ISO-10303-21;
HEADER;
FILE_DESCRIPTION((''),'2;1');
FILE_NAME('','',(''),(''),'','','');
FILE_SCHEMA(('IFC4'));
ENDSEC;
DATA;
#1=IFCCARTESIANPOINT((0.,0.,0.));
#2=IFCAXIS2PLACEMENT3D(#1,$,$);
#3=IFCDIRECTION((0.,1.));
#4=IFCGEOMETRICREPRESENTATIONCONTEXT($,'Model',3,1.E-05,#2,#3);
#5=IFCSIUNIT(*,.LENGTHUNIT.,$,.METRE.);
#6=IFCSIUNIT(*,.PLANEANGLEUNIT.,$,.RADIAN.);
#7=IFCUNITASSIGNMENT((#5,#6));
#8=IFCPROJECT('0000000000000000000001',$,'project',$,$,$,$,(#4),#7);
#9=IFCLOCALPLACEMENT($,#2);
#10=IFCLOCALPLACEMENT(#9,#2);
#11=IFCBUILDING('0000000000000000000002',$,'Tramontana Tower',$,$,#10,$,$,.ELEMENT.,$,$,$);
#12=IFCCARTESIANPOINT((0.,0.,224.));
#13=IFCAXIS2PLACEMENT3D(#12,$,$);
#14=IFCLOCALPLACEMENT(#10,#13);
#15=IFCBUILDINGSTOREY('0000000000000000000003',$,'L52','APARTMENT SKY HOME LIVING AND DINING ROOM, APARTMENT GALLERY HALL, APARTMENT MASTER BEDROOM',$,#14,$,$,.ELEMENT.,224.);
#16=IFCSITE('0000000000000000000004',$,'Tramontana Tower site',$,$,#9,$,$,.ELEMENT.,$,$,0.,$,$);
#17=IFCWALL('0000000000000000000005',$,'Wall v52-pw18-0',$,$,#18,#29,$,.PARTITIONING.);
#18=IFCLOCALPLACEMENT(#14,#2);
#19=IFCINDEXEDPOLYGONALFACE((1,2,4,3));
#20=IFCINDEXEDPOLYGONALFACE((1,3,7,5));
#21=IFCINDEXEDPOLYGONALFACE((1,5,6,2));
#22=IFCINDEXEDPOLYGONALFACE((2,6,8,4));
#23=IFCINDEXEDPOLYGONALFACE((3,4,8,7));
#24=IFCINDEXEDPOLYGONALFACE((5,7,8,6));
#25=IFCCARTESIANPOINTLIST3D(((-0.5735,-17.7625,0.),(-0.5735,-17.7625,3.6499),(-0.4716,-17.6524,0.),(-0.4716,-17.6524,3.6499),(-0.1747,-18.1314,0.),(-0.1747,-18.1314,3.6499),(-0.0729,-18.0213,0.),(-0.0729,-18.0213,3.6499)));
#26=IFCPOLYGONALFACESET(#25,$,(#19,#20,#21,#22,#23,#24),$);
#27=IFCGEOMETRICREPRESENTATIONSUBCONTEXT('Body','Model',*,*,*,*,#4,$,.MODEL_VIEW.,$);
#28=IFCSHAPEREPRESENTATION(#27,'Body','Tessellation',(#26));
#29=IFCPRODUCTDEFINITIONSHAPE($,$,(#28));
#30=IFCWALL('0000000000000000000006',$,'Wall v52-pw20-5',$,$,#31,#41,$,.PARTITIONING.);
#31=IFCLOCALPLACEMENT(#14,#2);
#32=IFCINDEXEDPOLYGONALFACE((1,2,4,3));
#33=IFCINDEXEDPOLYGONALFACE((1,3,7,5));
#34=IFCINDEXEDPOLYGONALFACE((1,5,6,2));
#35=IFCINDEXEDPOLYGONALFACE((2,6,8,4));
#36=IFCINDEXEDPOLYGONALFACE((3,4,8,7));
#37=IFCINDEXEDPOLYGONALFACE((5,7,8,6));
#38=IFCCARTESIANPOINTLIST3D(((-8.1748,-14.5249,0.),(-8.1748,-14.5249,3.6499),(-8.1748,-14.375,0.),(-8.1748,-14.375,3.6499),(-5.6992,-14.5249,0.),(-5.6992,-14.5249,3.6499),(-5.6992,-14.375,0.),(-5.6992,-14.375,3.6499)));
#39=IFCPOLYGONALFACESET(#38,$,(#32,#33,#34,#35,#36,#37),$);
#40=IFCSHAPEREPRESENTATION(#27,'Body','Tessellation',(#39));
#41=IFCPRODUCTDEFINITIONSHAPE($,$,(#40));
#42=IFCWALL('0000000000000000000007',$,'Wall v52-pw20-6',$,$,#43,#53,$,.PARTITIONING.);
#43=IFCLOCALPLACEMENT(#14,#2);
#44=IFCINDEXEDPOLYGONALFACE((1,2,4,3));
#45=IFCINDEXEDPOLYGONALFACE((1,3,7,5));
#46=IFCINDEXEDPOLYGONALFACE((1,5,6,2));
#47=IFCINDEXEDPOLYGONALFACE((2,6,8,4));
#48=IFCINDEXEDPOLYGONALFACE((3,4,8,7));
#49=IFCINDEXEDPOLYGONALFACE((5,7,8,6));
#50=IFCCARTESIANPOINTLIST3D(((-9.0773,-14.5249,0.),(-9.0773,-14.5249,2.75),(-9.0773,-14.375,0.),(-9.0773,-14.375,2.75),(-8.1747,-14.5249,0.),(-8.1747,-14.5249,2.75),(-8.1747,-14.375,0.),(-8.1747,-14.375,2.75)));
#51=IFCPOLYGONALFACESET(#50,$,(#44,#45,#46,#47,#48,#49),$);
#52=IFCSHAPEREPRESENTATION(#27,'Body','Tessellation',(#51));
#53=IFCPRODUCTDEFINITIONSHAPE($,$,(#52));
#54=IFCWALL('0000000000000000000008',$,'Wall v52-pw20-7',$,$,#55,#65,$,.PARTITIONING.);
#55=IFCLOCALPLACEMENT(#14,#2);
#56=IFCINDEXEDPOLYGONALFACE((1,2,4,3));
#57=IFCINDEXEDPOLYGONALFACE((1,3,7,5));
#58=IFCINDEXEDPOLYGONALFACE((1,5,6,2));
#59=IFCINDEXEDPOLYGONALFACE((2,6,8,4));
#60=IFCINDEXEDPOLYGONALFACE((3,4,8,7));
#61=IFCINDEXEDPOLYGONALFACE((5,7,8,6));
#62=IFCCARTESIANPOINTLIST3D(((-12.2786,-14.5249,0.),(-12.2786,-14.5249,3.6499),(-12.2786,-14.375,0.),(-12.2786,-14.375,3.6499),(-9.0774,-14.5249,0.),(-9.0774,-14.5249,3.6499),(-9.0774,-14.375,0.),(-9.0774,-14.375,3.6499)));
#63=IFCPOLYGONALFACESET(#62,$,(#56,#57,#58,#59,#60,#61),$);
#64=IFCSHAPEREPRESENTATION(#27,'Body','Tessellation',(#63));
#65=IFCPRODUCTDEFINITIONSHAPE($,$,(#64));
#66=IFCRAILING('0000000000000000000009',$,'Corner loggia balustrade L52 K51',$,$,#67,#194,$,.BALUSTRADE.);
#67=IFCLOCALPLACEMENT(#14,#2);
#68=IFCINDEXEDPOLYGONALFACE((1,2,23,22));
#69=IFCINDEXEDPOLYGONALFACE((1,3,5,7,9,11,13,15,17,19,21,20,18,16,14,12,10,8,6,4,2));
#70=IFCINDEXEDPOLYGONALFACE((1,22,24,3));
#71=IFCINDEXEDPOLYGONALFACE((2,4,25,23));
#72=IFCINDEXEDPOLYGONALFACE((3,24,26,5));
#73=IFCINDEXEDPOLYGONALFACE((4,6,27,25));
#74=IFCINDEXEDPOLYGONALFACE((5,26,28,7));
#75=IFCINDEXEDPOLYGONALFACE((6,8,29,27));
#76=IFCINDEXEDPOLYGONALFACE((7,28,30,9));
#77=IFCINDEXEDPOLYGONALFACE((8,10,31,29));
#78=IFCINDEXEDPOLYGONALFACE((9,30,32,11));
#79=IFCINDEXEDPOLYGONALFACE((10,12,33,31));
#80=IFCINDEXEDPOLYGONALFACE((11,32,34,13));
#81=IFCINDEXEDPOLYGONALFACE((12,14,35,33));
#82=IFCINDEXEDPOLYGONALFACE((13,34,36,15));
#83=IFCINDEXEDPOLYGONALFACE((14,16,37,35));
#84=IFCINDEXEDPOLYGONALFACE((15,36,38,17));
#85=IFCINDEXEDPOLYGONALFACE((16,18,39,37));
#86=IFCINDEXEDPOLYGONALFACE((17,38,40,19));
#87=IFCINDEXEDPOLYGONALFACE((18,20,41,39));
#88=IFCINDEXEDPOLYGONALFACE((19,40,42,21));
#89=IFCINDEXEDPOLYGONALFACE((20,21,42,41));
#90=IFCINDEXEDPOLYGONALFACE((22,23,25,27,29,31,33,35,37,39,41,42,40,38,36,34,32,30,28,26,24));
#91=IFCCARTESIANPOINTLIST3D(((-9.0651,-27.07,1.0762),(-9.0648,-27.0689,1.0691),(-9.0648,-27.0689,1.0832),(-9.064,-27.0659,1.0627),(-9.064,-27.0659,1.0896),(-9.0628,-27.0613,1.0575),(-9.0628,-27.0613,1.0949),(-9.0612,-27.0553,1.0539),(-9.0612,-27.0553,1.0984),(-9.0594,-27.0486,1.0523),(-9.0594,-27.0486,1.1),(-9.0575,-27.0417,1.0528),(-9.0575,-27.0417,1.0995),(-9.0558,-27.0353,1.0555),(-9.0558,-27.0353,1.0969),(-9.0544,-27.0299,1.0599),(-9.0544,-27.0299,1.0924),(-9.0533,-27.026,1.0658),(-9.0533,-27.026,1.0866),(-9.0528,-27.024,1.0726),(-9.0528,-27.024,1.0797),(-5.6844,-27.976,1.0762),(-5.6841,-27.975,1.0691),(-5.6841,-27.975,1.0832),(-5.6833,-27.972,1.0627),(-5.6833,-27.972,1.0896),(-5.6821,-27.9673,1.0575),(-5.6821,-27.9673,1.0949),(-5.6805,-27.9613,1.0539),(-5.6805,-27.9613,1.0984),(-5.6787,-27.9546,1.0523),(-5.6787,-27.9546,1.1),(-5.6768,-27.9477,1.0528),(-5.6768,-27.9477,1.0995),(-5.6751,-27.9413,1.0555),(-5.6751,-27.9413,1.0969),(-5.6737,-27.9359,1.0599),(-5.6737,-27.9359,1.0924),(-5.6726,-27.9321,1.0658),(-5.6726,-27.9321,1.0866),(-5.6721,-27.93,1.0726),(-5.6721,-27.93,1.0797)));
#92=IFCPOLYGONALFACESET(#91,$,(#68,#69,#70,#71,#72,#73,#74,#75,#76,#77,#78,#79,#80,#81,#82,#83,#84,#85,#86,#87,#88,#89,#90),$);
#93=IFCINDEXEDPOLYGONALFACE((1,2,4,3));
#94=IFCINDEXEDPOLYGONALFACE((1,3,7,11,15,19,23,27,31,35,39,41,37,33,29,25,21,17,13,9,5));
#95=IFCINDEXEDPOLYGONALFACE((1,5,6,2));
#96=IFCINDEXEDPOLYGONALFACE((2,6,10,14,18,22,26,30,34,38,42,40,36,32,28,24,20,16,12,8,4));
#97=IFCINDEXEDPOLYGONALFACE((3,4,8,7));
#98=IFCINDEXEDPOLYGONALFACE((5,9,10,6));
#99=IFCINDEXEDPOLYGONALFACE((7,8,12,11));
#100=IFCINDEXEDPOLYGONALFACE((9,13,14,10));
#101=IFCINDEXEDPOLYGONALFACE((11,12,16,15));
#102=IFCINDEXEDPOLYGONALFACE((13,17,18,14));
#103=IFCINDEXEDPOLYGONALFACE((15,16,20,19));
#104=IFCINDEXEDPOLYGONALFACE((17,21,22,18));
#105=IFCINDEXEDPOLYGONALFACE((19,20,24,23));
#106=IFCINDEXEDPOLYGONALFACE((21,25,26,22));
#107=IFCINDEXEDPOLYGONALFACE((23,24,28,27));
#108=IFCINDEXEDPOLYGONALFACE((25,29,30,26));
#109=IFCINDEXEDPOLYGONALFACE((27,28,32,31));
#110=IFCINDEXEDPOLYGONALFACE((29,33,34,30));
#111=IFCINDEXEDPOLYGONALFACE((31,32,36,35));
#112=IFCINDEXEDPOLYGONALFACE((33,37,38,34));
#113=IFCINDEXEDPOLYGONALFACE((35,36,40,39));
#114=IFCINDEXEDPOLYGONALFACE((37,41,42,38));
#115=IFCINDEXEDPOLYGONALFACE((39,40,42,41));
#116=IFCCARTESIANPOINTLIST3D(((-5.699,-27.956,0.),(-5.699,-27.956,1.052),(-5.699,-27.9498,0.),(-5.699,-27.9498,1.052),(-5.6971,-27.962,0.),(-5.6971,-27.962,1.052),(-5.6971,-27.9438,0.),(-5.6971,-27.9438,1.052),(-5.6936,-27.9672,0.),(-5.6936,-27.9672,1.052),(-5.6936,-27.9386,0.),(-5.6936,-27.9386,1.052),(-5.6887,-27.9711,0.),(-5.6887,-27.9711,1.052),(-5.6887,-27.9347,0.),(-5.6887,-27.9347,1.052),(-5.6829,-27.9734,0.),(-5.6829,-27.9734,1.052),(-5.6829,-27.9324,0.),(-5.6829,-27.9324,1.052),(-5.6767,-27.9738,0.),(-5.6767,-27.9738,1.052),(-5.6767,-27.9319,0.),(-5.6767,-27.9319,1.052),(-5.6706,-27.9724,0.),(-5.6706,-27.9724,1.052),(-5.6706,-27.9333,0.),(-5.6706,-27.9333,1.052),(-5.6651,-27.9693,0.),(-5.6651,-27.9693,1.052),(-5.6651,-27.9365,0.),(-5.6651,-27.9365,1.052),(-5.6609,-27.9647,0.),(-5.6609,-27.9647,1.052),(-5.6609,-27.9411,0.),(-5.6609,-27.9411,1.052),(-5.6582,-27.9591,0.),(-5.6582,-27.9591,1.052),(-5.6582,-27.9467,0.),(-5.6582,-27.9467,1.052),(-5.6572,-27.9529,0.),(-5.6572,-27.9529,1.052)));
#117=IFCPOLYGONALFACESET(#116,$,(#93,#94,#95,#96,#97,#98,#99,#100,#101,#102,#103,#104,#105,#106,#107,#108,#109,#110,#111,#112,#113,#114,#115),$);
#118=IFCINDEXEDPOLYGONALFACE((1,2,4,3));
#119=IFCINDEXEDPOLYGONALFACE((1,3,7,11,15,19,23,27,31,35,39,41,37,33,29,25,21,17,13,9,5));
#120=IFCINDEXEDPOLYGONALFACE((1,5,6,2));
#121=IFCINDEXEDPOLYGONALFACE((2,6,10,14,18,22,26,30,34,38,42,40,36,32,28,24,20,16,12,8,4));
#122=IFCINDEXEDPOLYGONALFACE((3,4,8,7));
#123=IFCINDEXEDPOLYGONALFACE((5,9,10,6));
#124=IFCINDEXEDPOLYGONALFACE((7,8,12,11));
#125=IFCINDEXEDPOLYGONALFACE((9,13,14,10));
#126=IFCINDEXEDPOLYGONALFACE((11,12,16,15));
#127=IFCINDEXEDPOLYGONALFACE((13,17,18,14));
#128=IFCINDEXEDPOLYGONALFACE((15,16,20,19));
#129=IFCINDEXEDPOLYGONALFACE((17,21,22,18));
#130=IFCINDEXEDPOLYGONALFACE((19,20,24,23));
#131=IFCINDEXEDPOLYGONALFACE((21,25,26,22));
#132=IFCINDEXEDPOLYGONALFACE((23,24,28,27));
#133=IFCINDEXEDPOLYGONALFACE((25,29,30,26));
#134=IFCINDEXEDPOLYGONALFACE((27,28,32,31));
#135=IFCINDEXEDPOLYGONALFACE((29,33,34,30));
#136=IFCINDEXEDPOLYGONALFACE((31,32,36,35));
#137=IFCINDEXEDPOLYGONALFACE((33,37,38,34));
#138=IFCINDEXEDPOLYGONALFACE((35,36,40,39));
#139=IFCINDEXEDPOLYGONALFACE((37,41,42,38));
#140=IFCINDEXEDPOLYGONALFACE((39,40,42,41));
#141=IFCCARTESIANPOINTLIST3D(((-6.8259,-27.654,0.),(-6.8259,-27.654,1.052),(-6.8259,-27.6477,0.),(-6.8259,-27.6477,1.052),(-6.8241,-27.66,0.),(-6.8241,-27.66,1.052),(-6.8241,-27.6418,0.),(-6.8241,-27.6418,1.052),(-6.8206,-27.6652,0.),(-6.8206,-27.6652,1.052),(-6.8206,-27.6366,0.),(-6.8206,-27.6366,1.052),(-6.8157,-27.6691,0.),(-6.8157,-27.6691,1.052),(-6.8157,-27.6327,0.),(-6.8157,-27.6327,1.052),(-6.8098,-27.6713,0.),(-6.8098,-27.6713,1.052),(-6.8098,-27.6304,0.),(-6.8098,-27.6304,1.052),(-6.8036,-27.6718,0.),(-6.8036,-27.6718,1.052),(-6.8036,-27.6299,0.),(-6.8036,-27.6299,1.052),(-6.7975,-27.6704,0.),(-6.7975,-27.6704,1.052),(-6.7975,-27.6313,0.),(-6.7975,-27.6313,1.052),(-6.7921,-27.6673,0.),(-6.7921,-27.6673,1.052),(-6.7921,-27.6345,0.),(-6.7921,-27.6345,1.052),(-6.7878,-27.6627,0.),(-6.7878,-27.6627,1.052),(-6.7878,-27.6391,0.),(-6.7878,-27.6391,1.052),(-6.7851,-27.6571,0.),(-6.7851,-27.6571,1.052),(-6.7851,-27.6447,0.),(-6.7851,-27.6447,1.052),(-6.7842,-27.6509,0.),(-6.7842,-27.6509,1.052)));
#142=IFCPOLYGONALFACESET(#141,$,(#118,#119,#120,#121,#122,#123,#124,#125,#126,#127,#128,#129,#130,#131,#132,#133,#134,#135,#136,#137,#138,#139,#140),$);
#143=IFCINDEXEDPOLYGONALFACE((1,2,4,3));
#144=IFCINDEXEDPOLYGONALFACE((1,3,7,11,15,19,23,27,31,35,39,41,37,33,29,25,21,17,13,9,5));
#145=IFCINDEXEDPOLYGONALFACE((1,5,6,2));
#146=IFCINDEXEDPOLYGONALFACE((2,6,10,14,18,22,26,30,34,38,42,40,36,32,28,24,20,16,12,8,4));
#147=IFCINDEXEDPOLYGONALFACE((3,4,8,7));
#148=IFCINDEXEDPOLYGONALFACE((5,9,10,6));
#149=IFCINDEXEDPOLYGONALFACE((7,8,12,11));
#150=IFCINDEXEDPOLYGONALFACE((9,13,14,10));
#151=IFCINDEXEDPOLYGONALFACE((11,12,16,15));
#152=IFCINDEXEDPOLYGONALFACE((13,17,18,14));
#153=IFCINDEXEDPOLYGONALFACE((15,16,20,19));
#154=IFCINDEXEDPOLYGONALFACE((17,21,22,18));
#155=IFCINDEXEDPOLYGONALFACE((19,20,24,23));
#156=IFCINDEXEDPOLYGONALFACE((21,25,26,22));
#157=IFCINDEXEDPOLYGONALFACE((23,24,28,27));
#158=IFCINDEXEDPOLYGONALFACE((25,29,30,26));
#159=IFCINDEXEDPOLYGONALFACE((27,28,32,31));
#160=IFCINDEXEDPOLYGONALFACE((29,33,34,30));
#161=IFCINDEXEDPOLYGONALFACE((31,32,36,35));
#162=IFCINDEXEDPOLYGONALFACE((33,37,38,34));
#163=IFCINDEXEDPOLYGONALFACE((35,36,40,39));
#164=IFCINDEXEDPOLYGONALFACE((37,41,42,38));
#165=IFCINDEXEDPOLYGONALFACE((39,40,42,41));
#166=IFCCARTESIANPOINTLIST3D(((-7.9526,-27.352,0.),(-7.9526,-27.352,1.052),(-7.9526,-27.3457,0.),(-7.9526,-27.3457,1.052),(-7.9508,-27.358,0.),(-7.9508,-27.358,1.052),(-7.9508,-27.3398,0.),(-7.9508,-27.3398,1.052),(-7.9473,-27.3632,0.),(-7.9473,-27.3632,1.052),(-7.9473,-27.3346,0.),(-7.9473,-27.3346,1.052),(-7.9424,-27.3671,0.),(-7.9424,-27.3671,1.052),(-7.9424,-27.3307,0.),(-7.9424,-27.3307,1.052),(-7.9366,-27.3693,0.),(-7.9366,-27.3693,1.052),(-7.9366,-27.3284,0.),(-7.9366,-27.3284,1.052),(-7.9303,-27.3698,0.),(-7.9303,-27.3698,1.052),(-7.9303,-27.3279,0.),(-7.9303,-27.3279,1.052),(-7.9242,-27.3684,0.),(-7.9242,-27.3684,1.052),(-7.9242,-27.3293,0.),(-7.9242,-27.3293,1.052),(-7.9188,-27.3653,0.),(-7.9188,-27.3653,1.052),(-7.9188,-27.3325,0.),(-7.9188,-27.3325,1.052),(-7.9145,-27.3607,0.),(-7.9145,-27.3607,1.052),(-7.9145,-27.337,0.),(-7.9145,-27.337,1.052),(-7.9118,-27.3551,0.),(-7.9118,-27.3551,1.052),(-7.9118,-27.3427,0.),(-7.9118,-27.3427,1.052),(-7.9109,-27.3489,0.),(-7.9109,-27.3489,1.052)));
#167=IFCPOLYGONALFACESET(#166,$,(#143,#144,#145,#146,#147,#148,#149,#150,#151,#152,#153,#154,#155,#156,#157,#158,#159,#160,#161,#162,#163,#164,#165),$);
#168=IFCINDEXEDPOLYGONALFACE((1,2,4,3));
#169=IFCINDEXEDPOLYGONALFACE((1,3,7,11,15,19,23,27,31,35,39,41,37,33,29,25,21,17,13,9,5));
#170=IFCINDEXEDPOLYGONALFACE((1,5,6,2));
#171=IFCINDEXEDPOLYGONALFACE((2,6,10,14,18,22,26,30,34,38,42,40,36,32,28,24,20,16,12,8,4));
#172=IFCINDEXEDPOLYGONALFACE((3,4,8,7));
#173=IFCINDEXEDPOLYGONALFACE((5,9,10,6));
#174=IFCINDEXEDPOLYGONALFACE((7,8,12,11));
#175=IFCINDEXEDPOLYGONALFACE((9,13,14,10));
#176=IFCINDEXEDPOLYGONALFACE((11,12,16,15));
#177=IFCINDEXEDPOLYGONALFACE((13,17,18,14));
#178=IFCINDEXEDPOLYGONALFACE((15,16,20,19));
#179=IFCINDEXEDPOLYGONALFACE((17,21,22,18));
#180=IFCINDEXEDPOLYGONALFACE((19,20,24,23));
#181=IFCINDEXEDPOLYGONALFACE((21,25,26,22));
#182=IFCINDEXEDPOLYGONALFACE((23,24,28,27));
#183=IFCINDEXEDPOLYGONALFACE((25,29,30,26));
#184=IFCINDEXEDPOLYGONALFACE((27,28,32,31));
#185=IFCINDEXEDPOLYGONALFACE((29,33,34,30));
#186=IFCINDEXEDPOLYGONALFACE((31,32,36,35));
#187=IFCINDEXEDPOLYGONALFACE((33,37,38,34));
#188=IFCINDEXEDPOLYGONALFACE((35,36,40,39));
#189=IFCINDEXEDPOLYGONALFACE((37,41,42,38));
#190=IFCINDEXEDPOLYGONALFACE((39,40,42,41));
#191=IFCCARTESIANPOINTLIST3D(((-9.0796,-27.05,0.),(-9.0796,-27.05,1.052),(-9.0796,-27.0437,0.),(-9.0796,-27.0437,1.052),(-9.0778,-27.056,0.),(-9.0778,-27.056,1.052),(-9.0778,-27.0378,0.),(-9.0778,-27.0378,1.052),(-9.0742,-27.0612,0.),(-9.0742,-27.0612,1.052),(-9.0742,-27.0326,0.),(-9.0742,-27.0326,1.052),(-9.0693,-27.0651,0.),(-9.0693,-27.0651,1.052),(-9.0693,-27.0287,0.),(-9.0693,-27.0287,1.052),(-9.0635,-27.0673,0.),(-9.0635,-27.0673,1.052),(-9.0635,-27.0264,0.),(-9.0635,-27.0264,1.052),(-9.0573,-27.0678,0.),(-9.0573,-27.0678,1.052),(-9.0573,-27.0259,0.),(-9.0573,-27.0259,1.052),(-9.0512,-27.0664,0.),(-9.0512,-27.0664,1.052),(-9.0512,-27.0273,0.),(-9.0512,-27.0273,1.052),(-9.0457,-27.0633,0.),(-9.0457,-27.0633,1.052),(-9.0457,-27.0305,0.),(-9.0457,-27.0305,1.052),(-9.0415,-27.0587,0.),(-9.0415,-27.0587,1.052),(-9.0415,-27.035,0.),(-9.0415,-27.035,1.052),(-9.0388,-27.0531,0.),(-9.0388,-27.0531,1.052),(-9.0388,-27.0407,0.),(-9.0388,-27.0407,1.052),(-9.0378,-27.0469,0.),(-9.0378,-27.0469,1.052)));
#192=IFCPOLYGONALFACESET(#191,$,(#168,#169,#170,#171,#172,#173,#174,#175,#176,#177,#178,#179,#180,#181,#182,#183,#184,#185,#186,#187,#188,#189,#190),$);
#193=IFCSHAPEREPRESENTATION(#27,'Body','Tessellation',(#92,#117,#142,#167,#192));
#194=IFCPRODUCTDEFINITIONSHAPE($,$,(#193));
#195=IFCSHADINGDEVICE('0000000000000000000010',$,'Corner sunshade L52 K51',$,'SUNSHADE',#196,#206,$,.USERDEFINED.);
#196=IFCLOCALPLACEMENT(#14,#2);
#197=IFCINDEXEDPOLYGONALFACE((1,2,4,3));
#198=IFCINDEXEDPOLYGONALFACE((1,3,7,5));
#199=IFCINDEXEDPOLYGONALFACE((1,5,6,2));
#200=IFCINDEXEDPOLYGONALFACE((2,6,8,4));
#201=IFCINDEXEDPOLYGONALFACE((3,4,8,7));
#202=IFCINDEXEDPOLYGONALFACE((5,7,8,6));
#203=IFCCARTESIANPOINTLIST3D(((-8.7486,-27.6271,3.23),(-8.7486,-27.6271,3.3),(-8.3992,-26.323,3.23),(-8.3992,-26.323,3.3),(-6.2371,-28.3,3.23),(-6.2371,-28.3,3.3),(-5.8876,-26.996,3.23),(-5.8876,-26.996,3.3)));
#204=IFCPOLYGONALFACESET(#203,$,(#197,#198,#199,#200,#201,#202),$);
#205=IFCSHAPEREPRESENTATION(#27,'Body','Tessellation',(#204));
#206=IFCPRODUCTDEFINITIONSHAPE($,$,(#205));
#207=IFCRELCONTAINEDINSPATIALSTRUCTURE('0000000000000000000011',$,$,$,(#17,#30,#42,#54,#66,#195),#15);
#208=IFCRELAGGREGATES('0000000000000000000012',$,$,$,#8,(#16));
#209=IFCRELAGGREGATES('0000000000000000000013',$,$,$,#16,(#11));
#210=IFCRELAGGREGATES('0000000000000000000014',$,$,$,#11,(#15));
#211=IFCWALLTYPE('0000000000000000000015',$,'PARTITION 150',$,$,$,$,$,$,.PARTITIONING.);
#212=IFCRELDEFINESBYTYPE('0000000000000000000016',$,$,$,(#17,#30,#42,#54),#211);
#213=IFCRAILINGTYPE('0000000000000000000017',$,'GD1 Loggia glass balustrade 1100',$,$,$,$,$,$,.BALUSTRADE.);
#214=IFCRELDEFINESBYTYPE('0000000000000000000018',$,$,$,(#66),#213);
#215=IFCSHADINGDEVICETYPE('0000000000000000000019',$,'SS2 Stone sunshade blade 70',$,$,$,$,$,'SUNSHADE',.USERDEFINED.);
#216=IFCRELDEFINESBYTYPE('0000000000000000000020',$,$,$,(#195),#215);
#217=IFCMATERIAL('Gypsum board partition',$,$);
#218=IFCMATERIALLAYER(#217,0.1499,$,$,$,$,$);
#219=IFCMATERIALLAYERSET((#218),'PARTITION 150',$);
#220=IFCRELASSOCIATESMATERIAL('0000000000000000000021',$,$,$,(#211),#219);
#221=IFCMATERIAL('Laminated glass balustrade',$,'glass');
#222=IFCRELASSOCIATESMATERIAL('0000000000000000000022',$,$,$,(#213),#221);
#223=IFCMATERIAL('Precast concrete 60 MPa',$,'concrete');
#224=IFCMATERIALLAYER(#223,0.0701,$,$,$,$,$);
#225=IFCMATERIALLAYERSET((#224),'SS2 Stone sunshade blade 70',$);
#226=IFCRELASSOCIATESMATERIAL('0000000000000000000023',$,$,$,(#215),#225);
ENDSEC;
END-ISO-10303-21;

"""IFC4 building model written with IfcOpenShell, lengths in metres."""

from ifc_helpers import new_model, si_unit, direction, frame, frame_2d, origin, origin_2d, place, context, subcontext, project, spatial, rectangle, circle, extrude, material, layer, layer_set, type_object, element, save


model = new_model("IFC4")

# Units and contexts
model_context = context("Model", 3, precision=1e-05, world=origin(), true_north=direction((0.0, 1.0)))
body_context = subcontext(model_context, "Body", "Model", "MODEL_VIEW")
ifc_project = project(units=[si_unit("LENGTHUNIT", "METRE"), si_unit("PLANEANGLEUNIT", "RADIAN")], contexts=[model_context])

# Site, building, storey
site_placement = place(None, origin())
site = spatial("IfcSite", under=ifc_project, at=site_placement, Name="Tramontana Tower site", CompositionType="ELEMENT", RefElevation=0.0)
building_placement = place(site_placement, origin())
building = spatial("IfcBuilding", under=site, at=building_placement, Name="Tramontana Tower", CompositionType="ELEMENT")
storey_placement = place(building_placement, frame((0.0, 0.0, 224.0)))
storey = spatial("IfcBuildingStorey", under=building, at=storey_placement, Name="L52", Description="APARTMENT SKY HOME LIVING AND DINING ROOM, APARTMENT GALLERY HALL, APARTMENT MASTER BEDROOM", CompositionType="ELEMENT", Elevation=224.0)

# Walls
ifc_material_1 = material(Name="Gypsum board partition")
ifc_layer_1 = layer(ifc_material_1, 0.1499)
ifc_layer_set_1 = layer_set([ifc_layer_1], Name="PARTITION 150")
wall_type_1 = type_object("IfcWallType", Name="PARTITION 150", PredefinedType="PARTITIONING", material=ifc_layer_set_1)
wall_1_placement = place(storey_placement, frame((-0.5225, -17.7075, 0.0), z_axis=(0.0, 0.0, 1.0), x_axis=(0.733993, -0.679157, 0.0)))
element("IfcWall", 1, at=wall_1_placement, inside=storey, type_object=wall_type_1, Name="Wall v52-pw18-0", PredefinedType="PARTITIONING", context=body_context, shape_type="SweptSolid", body=[
    extrude(rectangle(XDim=0.5432, YDim=0.1499, at=frame_2d((0.2715, 0.0))), origin(), (0.0, 0.0, 1.0), 3.6499),
])
wall_2_placement = place(storey_placement, frame((-5.6992, -14.45, 0.0), z_axis=(0.0, 0.0, 1.0), x_axis=(-1.0, 0.0, 0.0)))
element("IfcWall", 2, at=wall_2_placement, inside=storey, type_object=wall_type_1, Name="Wall v52-pw20-5", PredefinedType="PARTITIONING", context=body_context, shape_type="SweptSolid", body=[
    extrude(rectangle(XDim=2.4756, YDim=0.1499, at=frame_2d((1.2378, 0.0))), origin(), (0.0, 0.0, 1.0), 3.6499),
])
wall_3_placement = place(storey_placement, frame((-8.1748, -14.45, 0.0), z_axis=(0.0, 0.0, 1.0), x_axis=(-1.0, 0.0, 0.0)))
element("IfcWall", 3, at=wall_3_placement, inside=storey, type_object=wall_type_1, Name="Wall v52-pw20-6", PredefinedType="PARTITIONING", context=body_context, shape_type="SweptSolid", body=[
    extrude(rectangle(XDim=0.9026, YDim=0.1499, at=frame_2d((0.4512, 0.0))), origin(), (0.0, 0.0, 1.0), 2.75),
])
wall_4_placement = place(storey_placement, frame((-9.0774, -14.45, 0.0), z_axis=(0.0, 0.0, 1.0), x_axis=(-1.0, 0.0, 0.0)))
element("IfcWall", 4, at=wall_4_placement, inside=storey, type_object=wall_type_1, Name="Wall v52-pw20-7", PredefinedType="PARTITIONING", context=body_context, shape_type="SweptSolid", body=[
    extrude(rectangle(XDim=3.2012, YDim=0.1499, at=frame_2d((1.6006, 0.0))), origin(), (0.0, 0.0, 1.0), 3.6499),
])

# Railing
ifc_material_2 = material(Name="Laminated glass balustrade", Category="glass")
railing_type = type_object("IfcRailingType", Name="GD1 Loggia glass balustrade 1100", PredefinedType="BALUSTRADE", material=ifc_material_2)
railing_placement = place(storey_placement, frame((-5.6782, -27.9529, 0.0)))
element("IfcRailing", 5, at=railing_placement, inside=storey, type_object=railing_type, Name="Corner loggia balustrade L52 K51", PredefinedType="BALUSTRADE", context=body_context, shape_type="SweptSolid", body=[
    extrude(circle(Radius=0.0239, at=origin_2d()), frame((0.0, 0.0, 1.0762), z_axis=(-0.965913, 0.258865, 0.0), x_axis=(-0.258865, -0.965913, 0.0)), (0.0, 0.0, 1.0), 3.5),
    extrude(circle(Radius=0.021, at=origin_2d()), origin(), (0.0, 0.0, 1.0), 1.052),
    extrude(circle(Radius=0.021, at=origin_2d()), frame((-1.127, 0.302, 0.0)), (0.0, 0.0, 1.0), 1.052),
    extrude(circle(Radius=0.021, at=origin_2d()), frame((-2.2537, 0.604, 0.0)), (0.0, 0.0, 1.0), 1.052),
    extrude(circle(Radius=0.021, at=origin_2d()), frame((-3.3806, 0.906, 0.0)), (0.0, 0.0, 1.0), 1.052),
])

# Shading device
ifc_material_3 = material(Name="Precast concrete 60 MPa", Category="concrete")
ifc_layer_2 = layer(ifc_material_3, 0.0701)
ifc_layer_set_2 = layer_set([ifc_layer_2], Name="SS2 Stone sunshade blade 70")
shading_device_type = type_object("IfcShadingDeviceType", Name="SS2 Stone sunshade blade 70", ElementType="SUNSHADE", PredefinedType="USERDEFINED", material=ifc_layer_set_2)
shading_device_placement = place(storey_placement, frame((-7.3181, -27.3115, 3.23), z_axis=(0.0, 0.0, 1.0), x_axis=(-0.965926, 0.258819, 0.0)))
element("IfcShadingDevice", 6, at=shading_device_placement, inside=storey, type_object=shading_device_type, Name="Corner sunshade L52 K51", ObjectType="SUNSHADE", PredefinedType="USERDEFINED", context=body_context, shape_type="SweptSolid", body=[
    extrude(rectangle(XDim=2.6001, YDim=1.3501, at=origin_2d()), origin(), (0.0, 0.0, 1.0), 0.0701),
])

save(model, "model.ifc")
